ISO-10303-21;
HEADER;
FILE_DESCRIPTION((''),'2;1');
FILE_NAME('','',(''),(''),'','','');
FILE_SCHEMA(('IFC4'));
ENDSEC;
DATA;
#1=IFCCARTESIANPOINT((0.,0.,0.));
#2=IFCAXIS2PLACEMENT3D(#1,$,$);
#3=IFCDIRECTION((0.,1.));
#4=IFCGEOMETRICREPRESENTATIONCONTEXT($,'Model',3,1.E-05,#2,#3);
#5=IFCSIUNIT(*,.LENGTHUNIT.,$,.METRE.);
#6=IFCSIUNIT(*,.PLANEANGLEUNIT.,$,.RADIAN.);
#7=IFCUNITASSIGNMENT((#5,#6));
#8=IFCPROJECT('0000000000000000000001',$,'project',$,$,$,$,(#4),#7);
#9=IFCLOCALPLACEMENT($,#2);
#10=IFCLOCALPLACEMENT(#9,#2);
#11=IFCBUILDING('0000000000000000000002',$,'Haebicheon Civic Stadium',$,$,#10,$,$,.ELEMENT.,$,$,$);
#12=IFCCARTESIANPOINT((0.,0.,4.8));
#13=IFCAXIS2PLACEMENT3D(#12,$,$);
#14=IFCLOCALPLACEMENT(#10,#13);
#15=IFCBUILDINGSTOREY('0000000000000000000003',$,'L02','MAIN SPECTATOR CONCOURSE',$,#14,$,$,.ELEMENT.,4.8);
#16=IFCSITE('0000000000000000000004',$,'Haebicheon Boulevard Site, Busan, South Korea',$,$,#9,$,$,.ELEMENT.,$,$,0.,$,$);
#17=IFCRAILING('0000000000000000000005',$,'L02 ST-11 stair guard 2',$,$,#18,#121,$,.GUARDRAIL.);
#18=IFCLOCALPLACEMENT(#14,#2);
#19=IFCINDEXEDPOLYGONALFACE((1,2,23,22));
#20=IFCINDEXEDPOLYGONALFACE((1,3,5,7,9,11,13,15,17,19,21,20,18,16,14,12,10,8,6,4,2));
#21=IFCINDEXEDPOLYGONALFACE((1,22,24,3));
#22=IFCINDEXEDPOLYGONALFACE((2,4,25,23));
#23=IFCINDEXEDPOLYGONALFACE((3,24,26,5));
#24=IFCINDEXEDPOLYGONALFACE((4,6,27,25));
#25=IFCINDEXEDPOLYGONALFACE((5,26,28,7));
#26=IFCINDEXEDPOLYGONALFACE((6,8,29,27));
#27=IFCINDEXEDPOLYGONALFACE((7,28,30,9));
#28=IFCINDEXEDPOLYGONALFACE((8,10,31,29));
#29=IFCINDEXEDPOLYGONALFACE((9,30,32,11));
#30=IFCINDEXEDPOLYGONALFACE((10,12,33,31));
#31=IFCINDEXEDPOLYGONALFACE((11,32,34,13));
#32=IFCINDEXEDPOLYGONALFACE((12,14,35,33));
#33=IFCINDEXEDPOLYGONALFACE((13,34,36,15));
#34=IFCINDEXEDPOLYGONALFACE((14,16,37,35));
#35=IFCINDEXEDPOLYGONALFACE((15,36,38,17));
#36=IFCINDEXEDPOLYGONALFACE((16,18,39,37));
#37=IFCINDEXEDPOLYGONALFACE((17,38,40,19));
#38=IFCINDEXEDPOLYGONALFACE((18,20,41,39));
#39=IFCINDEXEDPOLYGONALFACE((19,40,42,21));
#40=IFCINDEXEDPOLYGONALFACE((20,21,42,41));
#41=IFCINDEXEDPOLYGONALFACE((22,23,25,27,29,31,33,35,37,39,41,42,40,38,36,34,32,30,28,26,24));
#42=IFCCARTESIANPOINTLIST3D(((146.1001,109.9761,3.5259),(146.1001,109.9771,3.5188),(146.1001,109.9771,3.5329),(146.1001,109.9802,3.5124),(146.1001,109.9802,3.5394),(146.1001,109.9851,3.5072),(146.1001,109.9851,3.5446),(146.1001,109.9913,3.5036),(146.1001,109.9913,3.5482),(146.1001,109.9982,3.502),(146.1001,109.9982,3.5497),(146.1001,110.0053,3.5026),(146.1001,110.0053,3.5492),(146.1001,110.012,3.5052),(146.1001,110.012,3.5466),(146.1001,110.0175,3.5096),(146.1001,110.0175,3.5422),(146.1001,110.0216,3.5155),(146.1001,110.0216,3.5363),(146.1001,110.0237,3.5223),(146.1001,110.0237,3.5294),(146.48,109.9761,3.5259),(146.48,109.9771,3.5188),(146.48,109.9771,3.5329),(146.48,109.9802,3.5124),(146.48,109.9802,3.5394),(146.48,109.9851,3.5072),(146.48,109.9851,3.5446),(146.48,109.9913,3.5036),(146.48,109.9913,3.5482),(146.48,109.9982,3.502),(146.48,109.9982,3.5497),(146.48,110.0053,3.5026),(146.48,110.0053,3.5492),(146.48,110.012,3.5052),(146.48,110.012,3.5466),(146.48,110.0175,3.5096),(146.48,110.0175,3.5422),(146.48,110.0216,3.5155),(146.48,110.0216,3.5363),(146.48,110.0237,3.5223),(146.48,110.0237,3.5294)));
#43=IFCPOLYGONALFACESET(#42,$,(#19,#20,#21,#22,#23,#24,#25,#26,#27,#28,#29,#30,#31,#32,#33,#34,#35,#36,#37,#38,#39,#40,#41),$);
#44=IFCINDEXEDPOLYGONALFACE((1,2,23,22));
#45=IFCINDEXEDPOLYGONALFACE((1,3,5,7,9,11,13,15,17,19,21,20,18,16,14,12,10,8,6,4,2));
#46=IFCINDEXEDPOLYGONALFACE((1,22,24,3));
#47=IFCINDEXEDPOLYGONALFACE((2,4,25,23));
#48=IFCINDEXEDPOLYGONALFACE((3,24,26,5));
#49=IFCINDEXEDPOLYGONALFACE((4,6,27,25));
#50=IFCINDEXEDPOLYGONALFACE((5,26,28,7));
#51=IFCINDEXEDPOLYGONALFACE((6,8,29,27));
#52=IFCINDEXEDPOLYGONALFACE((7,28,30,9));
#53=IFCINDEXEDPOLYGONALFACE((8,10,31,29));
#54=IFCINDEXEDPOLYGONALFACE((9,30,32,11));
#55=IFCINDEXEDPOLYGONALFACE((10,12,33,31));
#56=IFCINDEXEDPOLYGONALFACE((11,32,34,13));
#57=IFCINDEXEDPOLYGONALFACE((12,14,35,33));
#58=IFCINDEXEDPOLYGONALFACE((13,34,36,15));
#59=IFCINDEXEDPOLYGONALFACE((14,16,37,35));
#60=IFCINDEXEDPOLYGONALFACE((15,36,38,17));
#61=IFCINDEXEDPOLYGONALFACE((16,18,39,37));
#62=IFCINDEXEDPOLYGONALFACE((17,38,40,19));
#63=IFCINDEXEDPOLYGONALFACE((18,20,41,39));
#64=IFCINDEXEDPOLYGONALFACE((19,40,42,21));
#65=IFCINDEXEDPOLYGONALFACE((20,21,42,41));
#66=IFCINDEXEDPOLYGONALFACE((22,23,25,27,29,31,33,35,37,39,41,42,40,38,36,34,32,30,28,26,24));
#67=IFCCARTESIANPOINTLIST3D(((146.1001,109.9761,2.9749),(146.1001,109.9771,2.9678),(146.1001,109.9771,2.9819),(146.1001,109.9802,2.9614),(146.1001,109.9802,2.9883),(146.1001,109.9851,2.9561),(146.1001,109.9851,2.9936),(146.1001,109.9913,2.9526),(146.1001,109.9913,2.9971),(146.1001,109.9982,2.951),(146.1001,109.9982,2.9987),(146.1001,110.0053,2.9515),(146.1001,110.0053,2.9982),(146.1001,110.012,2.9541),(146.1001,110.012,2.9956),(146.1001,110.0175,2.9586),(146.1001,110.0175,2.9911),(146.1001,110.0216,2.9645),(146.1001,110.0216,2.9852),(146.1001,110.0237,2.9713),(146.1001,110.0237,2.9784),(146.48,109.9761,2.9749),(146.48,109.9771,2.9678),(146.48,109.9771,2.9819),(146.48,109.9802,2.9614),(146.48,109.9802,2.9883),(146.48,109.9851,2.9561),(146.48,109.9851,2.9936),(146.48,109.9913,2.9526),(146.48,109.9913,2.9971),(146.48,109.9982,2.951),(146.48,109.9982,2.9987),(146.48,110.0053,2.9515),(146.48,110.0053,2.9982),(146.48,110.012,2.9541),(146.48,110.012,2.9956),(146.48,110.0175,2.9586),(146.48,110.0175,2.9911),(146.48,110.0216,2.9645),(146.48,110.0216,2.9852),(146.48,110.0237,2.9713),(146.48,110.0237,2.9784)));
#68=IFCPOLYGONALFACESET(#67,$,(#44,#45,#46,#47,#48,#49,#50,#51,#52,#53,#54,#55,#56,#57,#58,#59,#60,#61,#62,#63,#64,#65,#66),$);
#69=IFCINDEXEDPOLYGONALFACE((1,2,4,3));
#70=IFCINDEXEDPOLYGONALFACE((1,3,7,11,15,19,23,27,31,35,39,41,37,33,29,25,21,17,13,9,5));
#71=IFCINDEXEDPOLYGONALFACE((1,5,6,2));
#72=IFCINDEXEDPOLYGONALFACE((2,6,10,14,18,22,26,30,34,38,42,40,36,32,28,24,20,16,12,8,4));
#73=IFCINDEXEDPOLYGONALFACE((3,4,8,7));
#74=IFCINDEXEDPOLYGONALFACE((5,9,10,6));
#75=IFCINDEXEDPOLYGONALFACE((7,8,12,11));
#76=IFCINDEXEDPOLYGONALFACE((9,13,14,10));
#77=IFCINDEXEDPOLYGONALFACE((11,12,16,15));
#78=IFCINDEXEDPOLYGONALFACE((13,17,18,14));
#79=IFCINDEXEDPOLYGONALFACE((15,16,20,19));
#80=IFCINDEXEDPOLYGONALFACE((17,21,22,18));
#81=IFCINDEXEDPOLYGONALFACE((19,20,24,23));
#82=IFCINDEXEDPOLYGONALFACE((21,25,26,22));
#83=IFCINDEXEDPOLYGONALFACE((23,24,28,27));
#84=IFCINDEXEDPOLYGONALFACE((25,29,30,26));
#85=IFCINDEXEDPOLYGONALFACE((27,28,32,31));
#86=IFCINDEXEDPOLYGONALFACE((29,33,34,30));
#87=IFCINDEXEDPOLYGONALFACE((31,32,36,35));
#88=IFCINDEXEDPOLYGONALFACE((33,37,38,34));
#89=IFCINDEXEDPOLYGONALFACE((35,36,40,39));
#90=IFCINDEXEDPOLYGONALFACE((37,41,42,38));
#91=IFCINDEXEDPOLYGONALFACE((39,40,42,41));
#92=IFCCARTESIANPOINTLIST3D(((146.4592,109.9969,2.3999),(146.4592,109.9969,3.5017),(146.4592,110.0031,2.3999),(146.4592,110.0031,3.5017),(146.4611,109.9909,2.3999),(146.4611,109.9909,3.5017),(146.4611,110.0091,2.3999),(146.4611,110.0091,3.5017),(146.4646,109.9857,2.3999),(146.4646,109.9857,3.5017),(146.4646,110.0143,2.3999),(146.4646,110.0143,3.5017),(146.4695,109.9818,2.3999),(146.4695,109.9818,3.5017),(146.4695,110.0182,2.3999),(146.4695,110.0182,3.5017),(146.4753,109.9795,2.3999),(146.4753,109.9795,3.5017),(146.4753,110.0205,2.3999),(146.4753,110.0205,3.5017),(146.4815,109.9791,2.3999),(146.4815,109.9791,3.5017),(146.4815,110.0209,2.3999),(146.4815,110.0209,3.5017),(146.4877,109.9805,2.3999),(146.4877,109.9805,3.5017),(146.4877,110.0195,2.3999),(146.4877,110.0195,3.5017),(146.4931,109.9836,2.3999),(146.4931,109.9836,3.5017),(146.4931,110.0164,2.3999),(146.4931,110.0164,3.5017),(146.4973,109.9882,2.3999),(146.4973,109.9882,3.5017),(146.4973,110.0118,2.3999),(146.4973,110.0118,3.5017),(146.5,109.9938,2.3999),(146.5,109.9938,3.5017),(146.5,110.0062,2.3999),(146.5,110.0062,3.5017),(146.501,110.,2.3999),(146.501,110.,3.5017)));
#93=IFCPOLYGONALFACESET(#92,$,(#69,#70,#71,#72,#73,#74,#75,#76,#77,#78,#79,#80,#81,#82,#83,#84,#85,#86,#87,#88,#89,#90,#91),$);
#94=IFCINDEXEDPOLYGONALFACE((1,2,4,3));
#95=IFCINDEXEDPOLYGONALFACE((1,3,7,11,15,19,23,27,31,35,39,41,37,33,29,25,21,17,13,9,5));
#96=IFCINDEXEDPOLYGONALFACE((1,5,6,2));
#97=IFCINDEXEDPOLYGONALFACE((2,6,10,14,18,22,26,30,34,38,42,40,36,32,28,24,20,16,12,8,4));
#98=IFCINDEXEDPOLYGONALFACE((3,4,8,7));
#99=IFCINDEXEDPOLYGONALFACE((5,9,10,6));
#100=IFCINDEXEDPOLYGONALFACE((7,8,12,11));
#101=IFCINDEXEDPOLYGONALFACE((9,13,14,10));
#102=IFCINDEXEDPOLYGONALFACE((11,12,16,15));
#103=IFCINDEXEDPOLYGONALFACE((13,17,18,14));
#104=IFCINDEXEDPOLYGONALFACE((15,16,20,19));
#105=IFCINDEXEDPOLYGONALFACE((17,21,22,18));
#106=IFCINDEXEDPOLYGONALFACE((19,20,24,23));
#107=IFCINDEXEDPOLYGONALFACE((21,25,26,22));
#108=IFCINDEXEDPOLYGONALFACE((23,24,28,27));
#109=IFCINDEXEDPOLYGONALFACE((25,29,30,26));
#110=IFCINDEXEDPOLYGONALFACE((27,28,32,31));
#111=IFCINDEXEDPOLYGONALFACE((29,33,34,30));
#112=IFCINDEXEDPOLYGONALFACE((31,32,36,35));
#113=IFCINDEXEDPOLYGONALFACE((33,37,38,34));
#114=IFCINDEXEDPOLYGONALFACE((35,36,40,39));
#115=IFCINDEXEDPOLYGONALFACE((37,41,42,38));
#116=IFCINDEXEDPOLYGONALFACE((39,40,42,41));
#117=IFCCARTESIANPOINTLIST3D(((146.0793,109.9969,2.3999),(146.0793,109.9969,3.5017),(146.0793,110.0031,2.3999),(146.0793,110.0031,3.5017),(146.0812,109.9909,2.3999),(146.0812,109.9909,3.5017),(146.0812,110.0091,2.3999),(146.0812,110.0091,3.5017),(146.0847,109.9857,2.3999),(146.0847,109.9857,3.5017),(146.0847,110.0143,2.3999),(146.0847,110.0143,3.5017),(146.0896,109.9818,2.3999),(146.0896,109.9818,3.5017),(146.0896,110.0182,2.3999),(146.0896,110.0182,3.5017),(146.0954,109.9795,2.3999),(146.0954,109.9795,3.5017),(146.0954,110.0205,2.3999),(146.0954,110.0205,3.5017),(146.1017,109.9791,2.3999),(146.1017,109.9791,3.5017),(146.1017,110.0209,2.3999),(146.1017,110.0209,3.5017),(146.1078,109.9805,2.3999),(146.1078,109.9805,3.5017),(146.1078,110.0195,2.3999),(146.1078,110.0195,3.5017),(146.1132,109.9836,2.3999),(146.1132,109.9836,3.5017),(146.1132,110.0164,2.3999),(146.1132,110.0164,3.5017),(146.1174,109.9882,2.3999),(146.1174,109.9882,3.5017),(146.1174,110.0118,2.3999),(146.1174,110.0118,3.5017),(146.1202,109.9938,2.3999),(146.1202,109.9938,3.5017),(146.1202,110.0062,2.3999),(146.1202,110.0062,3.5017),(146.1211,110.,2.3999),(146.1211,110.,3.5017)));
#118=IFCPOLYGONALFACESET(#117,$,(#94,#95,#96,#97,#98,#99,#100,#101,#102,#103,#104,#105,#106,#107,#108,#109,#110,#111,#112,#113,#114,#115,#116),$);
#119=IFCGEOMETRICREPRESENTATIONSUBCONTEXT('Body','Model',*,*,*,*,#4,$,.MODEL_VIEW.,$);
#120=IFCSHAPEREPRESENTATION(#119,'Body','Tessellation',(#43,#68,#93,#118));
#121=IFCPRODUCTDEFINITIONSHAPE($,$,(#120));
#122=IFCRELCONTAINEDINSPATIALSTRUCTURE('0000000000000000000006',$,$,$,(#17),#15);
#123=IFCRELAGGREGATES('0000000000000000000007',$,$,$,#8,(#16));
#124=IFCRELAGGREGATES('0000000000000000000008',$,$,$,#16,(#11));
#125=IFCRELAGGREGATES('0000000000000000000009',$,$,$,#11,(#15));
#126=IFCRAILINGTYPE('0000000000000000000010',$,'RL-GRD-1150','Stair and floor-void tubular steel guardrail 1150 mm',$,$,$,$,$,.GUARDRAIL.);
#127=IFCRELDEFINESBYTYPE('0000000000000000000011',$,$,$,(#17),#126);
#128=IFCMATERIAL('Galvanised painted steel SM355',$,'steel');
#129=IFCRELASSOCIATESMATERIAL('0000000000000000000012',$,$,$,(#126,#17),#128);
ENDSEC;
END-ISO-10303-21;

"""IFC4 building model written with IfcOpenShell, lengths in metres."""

from ifc_helpers import new_model, si_unit, direction, frame, origin, origin_2d, place, context, subcontext, project, spatial, circle, extrude, material, type_object, element, save


model = new_model("IFC4")

# Units and contexts
model_context = context("Model", 3, precision=1e-05, world=origin(), true_north=direction((0.0, 1.0)))
body_context = subcontext(model_context, "Body", "Model", "MODEL_VIEW")
ifc_project = project(units=[si_unit("LENGTHUNIT", "METRE"), si_unit("PLANEANGLEUNIT", "RADIAN")], contexts=[model_context])

# Site, building, storey
site_placement = place(None, origin())
site = spatial("IfcSite", under=ifc_project, at=site_placement, Name="Haebicheon Boulevard Site, Busan, South Korea", CompositionType="ELEMENT", RefElevation=0.0)
building_placement = place(site_placement, origin())
building = spatial("IfcBuilding", under=site, at=building_placement, Name="Haebicheon Civic Stadium", CompositionType="ELEMENT")
storey_placement = place(building_placement, frame((0.0, 0.0, 4.8)))
storey = spatial("IfcBuildingStorey", under=building, at=storey_placement, Name="L02", Description="MAIN SPECTATOR CONCOURSE", CompositionType="ELEMENT", Elevation=4.8)

# Railing
ifc_material_1 = material(Name="Galvanised painted steel SM355", Category="steel")
railing_type_1 = type_object("IfcRailingType", Name="RL-GRD-1150", Description="Stair and floor-void tubular steel guardrail 1150 mm", PredefinedType="GUARDRAIL", material=ifc_material_1)
railing_1_placement = place(storey_placement, frame((146.48, 110.0, 2.3999)))
element("IfcRailing", 1, at=railing_1_placement, inside=storey, type_object=railing_type_1, material=ifc_material_1, Name="L02 ST-11 stair guard 2", PredefinedType="GUARDRAIL", context=body_context, shape_type="SweptSolid", body=[
    extrude(circle(Radius=0.0239, at=origin_2d()), frame((0.0, 0.0, 1.126), z_axis=(-1.0, 0.0, 0.0), x_axis=(0.0, -1.0, 0.0)), (0.0, 0.0, 1.0), 0.3799),
    extrude(circle(Radius=0.0239, at=origin_2d()), frame((0.0, 0.0, 0.575), z_axis=(-1.0, 0.0, 0.0), x_axis=(0.0, -1.0, 0.0)), (0.0, 0.0, 1.0), 0.3799),
    extrude(circle(Radius=0.021, at=origin_2d()), origin(), (0.0, 0.0, 1.0), 1.1018),
    extrude(circle(Radius=0.021, at=origin_2d()), frame((-0.3799, 0.0, 0.0)), (0.0, 0.0, 1.0), 1.1018),
])

save(model, "model.ifc")
